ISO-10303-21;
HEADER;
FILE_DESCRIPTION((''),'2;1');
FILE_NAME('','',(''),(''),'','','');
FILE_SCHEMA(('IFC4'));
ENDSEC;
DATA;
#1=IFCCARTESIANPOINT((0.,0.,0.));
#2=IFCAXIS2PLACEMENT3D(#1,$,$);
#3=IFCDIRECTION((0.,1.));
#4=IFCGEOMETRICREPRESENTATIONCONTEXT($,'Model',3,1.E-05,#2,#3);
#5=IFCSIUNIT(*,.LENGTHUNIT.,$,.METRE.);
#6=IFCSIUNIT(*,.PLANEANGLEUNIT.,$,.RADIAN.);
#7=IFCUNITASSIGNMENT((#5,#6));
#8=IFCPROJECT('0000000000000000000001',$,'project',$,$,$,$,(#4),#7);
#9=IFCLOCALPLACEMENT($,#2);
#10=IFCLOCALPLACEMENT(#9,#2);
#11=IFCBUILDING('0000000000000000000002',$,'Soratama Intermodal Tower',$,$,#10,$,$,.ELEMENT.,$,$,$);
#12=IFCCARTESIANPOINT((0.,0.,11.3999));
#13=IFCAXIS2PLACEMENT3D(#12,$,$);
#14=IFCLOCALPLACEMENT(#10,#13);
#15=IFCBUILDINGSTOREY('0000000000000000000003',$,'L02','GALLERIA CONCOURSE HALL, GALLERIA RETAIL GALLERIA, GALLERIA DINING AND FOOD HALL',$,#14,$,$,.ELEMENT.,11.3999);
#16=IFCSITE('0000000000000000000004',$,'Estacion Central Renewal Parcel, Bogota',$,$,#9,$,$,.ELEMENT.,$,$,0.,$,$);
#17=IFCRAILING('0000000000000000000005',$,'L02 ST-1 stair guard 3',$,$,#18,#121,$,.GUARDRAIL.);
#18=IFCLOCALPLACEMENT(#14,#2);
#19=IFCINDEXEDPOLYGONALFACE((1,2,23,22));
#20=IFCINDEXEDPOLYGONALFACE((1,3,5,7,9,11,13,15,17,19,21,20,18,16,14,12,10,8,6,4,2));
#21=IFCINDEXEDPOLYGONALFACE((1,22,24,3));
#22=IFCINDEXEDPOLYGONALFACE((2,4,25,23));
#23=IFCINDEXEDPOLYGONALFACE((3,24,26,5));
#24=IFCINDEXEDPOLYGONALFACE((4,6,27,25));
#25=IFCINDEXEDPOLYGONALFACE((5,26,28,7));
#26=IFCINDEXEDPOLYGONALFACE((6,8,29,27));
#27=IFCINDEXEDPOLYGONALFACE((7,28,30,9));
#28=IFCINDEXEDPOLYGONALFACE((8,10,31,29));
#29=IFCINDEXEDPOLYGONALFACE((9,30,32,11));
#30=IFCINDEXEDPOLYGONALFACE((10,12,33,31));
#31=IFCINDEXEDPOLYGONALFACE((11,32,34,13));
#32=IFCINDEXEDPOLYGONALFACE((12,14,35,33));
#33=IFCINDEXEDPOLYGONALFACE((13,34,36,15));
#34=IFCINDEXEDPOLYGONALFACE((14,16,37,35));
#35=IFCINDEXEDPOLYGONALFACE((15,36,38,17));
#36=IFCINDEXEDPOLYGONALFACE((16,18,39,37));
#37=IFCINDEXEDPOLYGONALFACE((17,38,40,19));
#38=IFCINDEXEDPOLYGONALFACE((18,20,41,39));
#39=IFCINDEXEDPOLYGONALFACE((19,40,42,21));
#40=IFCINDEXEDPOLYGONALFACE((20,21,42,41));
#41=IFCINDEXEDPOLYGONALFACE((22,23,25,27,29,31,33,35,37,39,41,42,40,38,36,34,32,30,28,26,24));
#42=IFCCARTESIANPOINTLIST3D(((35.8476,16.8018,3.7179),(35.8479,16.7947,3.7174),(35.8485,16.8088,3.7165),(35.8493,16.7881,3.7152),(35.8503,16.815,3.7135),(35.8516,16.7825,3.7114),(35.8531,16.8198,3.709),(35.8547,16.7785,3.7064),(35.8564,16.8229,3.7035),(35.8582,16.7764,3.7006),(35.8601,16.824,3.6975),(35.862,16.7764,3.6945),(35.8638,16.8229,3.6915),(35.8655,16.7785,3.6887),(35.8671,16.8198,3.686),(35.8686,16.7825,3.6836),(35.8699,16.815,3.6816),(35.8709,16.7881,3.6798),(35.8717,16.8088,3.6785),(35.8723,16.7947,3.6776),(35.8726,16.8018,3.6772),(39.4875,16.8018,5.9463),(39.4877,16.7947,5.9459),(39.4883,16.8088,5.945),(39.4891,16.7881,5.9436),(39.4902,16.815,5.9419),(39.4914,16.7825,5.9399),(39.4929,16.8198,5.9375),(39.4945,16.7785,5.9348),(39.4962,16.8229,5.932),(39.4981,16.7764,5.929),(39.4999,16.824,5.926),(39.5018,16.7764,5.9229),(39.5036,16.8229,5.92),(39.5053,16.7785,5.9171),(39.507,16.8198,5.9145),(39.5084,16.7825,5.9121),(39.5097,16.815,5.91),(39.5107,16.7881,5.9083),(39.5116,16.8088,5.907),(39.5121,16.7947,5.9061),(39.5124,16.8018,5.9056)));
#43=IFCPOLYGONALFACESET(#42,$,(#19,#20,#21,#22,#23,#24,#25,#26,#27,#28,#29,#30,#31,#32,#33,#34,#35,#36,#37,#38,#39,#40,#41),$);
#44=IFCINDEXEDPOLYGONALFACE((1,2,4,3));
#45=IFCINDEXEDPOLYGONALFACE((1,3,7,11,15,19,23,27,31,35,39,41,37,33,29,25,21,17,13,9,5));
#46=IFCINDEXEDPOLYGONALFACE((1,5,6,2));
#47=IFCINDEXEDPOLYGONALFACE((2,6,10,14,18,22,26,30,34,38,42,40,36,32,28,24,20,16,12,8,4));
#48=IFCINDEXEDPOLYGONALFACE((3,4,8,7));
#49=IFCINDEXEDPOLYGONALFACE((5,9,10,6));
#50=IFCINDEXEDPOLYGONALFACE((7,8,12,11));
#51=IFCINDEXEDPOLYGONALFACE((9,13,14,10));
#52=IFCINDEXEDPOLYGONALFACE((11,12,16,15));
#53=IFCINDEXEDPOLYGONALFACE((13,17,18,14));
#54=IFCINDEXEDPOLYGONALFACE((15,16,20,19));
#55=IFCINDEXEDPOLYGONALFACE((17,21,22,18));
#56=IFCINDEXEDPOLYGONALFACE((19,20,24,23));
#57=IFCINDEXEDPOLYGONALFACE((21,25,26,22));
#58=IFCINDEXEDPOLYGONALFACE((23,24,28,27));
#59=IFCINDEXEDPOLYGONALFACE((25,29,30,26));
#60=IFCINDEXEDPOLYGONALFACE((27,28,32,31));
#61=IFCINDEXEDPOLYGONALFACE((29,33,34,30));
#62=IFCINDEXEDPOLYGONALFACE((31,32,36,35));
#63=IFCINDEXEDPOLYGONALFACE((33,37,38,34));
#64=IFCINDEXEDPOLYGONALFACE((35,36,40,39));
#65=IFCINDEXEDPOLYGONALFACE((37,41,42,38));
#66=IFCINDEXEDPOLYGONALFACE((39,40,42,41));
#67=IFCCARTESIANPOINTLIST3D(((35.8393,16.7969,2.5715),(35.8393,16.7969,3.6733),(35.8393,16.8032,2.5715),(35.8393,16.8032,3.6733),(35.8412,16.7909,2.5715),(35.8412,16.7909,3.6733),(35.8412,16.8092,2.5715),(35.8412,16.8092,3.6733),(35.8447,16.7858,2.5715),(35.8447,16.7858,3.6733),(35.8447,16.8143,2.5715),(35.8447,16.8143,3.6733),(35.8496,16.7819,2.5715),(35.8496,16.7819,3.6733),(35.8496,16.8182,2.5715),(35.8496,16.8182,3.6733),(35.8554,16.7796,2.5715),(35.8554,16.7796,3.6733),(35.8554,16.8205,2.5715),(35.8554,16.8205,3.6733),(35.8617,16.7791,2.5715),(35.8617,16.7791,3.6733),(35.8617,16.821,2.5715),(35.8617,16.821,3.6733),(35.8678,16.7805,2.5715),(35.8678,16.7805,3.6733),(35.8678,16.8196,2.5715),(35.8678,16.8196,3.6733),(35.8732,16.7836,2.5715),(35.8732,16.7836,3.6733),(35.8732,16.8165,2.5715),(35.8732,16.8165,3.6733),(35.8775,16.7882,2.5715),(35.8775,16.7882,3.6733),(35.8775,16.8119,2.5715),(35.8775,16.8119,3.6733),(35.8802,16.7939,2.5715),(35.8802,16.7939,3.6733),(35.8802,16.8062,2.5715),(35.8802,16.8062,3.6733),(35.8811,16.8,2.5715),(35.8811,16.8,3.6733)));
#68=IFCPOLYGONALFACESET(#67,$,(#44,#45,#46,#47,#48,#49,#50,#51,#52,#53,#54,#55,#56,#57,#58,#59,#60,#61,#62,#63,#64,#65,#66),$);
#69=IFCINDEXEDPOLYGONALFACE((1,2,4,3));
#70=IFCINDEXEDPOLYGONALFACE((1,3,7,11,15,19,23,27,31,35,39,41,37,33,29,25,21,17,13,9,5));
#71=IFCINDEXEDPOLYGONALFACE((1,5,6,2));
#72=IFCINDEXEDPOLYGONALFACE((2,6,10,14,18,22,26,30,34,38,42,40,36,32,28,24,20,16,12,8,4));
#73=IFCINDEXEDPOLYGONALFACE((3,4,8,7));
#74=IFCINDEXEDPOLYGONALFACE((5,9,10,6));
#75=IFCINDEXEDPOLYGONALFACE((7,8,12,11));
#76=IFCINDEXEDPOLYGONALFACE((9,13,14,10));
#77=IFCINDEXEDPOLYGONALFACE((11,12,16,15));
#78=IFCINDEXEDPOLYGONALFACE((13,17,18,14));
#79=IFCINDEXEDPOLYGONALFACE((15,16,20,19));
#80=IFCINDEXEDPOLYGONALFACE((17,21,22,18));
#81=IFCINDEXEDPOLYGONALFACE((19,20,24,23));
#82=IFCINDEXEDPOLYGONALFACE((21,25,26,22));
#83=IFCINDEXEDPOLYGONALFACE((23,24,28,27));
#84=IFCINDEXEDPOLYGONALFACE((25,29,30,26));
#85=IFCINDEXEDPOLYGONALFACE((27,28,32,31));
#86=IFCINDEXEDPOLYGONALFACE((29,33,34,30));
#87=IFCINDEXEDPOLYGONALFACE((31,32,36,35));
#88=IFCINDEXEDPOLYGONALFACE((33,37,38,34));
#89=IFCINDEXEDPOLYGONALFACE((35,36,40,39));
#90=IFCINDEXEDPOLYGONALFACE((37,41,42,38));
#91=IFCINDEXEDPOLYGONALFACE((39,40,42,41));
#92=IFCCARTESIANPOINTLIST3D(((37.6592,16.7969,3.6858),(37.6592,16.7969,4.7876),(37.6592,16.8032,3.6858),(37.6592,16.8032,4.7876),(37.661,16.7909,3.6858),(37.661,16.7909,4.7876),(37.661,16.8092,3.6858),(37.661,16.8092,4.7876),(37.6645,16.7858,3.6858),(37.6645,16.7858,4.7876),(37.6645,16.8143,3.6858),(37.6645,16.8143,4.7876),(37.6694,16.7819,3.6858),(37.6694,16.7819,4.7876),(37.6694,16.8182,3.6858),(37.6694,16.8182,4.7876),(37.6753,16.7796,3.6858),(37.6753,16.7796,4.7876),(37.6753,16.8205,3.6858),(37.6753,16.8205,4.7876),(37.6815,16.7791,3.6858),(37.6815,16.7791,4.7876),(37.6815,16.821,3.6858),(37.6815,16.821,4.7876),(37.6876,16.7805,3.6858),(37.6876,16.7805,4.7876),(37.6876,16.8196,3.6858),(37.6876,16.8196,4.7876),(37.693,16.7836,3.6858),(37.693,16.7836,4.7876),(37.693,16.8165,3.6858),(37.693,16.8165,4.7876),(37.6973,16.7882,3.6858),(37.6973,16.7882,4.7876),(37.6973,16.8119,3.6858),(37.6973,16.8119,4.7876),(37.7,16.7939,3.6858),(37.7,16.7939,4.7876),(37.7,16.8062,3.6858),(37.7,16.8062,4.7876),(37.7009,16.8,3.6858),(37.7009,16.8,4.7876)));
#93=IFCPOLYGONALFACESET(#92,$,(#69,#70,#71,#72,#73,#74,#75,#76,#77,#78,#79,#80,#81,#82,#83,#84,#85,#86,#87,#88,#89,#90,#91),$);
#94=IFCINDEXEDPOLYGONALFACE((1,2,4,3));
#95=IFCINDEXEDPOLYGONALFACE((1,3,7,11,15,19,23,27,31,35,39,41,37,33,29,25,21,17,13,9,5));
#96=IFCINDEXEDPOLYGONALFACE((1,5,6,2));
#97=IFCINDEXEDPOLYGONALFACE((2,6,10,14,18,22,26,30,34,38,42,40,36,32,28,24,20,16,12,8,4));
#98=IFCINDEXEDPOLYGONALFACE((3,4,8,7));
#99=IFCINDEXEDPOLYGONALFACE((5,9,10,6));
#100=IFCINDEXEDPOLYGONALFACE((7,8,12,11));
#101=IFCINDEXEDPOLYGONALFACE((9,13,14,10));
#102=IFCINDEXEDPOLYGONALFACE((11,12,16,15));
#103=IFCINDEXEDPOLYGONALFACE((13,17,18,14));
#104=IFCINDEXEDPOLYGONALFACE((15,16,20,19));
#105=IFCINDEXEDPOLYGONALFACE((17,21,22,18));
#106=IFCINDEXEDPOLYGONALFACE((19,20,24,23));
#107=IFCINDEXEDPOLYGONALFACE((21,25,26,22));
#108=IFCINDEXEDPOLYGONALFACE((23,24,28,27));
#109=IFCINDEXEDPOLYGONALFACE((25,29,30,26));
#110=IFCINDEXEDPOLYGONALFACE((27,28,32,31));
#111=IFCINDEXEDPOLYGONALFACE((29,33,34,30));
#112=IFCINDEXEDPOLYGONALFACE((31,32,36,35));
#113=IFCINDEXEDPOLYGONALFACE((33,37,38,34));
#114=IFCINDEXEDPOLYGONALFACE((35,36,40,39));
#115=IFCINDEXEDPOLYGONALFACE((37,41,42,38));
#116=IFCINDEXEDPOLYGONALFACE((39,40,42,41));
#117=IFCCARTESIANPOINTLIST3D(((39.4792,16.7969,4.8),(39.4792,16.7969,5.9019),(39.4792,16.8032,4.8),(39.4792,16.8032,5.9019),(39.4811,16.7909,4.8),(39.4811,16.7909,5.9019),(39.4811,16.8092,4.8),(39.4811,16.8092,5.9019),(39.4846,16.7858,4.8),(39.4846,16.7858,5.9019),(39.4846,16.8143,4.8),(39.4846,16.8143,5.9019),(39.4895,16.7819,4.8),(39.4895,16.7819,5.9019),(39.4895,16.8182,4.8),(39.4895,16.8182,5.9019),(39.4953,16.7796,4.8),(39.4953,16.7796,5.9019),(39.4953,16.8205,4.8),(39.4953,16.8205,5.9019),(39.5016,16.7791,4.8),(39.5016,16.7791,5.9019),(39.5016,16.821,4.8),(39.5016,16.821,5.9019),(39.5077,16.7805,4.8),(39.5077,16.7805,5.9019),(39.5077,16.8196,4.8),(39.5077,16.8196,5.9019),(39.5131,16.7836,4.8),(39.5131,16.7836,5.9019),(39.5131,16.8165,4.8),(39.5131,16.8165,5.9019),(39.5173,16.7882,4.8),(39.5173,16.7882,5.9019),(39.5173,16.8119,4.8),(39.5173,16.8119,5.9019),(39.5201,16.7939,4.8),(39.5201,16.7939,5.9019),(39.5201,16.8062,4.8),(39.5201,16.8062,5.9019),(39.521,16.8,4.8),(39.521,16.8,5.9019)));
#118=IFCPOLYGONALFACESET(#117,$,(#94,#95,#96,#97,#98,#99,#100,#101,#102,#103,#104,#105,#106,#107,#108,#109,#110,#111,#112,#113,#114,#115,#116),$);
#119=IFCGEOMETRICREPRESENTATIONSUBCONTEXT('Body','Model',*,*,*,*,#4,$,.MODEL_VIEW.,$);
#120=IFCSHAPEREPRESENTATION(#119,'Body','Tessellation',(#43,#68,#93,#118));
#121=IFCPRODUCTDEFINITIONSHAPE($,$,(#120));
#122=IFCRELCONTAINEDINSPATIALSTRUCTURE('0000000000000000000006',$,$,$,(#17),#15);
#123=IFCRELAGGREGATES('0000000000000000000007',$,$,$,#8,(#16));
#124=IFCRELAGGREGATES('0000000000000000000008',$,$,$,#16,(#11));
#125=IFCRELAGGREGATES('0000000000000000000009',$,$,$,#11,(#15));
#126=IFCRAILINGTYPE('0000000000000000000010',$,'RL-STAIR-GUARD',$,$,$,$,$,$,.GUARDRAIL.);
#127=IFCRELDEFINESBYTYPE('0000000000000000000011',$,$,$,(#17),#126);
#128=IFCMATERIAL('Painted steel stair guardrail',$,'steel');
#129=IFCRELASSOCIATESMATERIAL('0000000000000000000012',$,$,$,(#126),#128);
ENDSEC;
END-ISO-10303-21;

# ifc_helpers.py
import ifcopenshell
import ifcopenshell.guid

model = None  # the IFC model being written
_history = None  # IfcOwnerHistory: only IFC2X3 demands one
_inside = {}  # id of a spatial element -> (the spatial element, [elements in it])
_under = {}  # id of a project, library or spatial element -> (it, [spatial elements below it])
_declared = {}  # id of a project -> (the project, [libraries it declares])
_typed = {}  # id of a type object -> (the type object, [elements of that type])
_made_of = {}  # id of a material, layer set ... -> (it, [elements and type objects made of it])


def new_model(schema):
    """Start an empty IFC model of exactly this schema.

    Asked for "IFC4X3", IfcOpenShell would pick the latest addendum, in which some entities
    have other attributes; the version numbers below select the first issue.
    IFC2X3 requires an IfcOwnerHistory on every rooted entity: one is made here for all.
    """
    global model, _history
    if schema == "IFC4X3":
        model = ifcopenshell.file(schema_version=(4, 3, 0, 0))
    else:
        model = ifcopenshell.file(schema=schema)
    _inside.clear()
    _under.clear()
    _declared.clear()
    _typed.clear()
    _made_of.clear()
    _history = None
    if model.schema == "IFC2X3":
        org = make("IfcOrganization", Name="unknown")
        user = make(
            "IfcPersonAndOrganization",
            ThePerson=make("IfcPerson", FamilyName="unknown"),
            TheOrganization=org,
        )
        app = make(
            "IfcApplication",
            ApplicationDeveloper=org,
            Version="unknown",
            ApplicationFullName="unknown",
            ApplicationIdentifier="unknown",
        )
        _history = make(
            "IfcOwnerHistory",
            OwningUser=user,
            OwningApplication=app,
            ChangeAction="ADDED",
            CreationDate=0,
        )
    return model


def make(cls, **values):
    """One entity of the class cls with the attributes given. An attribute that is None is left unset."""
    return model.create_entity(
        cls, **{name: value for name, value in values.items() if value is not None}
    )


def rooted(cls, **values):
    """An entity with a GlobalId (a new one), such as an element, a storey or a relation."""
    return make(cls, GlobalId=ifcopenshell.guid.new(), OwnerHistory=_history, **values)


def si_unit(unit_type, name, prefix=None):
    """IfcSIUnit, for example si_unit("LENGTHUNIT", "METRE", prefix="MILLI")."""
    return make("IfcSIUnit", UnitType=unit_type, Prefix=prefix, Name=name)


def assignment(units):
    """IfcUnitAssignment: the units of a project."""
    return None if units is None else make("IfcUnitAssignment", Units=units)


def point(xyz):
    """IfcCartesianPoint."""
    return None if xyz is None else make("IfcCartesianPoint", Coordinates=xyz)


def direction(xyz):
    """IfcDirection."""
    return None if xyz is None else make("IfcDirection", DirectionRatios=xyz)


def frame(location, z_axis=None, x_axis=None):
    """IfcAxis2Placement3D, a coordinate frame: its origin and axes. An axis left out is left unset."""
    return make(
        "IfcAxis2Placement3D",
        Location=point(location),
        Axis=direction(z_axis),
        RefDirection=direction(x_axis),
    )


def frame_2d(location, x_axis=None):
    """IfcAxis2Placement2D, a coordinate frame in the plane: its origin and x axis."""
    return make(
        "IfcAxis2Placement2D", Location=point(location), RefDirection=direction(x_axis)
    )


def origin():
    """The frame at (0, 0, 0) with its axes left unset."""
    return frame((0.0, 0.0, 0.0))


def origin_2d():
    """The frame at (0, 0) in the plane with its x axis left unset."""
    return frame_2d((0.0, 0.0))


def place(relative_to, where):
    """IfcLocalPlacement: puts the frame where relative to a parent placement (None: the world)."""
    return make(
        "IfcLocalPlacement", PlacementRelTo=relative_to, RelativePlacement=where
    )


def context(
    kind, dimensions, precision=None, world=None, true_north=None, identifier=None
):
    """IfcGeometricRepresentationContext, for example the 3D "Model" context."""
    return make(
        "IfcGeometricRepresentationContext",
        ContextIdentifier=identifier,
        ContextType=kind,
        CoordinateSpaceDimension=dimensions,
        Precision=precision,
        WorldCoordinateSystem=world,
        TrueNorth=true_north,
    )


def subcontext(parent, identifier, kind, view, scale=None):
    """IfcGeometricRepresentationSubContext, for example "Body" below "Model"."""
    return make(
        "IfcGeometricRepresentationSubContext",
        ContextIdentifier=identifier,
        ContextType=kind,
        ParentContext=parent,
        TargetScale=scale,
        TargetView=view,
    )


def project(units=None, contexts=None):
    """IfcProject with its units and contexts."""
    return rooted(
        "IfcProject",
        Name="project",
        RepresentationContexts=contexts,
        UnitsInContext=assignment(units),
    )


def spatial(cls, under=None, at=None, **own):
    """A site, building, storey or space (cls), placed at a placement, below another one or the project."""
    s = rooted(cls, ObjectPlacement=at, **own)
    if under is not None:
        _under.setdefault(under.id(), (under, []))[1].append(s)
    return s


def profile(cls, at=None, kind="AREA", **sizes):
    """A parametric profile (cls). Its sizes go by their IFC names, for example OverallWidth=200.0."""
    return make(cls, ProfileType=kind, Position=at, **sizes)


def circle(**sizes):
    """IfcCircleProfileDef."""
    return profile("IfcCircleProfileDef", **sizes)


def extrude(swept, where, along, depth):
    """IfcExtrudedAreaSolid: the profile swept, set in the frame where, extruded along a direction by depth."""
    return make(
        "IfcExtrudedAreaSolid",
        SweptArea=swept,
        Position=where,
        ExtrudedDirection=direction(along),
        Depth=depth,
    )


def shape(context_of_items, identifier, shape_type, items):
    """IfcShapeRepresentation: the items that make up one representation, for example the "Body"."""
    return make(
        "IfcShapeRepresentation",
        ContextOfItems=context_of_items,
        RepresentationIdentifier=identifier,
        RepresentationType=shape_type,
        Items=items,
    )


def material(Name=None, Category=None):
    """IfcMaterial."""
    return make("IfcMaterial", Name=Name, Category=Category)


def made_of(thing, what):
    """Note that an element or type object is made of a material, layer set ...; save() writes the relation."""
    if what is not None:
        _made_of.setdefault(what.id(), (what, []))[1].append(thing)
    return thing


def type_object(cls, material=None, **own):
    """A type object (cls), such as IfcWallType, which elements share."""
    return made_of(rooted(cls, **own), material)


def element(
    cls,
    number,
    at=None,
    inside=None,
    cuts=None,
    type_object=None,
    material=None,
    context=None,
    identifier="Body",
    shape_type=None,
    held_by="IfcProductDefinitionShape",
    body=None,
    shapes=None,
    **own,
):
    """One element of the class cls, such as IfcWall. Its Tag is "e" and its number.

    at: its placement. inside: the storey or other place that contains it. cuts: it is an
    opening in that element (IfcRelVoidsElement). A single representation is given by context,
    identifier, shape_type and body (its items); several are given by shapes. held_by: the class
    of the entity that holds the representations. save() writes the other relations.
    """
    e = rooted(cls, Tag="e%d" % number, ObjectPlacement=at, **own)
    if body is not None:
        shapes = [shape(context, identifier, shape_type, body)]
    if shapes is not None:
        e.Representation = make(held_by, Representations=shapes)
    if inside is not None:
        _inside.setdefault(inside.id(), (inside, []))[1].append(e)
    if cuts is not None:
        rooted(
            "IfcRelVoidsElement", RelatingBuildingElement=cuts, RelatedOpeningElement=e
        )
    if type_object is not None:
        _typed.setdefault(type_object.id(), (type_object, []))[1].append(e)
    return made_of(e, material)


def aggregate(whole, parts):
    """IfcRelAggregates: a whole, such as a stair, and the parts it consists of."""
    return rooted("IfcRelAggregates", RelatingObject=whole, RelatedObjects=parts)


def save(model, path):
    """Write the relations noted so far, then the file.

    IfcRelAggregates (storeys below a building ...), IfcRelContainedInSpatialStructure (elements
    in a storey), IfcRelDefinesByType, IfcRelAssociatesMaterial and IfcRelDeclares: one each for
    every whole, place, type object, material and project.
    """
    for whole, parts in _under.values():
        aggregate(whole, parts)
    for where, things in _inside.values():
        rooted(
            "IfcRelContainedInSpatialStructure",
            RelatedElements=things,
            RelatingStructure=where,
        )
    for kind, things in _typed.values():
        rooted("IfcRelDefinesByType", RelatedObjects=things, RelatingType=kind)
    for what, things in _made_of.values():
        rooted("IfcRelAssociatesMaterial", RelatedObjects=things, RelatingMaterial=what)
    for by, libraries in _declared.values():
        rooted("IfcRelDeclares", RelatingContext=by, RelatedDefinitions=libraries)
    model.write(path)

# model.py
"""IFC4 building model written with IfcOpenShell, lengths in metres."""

from ifc_helpers import new_model, si_unit, direction, frame, origin, origin_2d, place, context, subcontext, project, spatial, circle, extrude, material, type_object, element, save


model = new_model("IFC4")

# Units and contexts
model_context = context("Model", 3, precision=1e-05, world=origin(), true_north=direction((0.0, 1.0)))
body_context = subcontext(model_context, "Body", "Model", "MODEL_VIEW")
ifc_project = project(units=[si_unit("LENGTHUNIT", "METRE"), si_unit("PLANEANGLEUNIT", "RADIAN")], contexts=[model_context])

# Site, building, storey
site_placement = place(None, origin())
site = spatial("IfcSite", under=ifc_project, at=site_placement, Name="Estacion Central Renewal Parcel, Bogota", CompositionType="ELEMENT", RefElevation=0.0)
building_placement = place(site_placement, origin())
building = spatial("IfcBuilding", under=site, at=building_placement, Name="Soratama Intermodal Tower", CompositionType="ELEMENT")
storey_placement = place(building_placement, frame((0.0, 0.0, 11.3999)))
storey = spatial("IfcBuildingStorey", under=building, at=storey_placement, Name="L02", Description="GALLERIA CONCOURSE HALL, GALLERIA RETAIL GALLERIA, GALLERIA DINING AND FOOD HALL", CompositionType="ELEMENT", Elevation=11.3999)

# Railing
ifc_material_1 = material(Name="Painted steel stair guardrail", Category="steel")
railing_type_1 = type_object("IfcRailingType", Name="RL-STAIR-GUARD", PredefinedType="GUARDRAIL", material=ifc_material_1)
railing_1_placement = place(storey_placement, frame((35.8601, 16.8, 2.5715)))
element("IfcRailing", 1, at=railing_1_placement, inside=storey, type_object=railing_type_1, Name="L02 ST-1 stair guard 3", PredefinedType="GUARDRAIL", context=body_context, shape_type="SweptSolid", body=[
    extrude(circle(Radius=0.0239, at=origin_2d()), frame((0.0, 0.0, 1.126), z_axis=(0.85285, 0.0, 0.522156), x_axis=(0.0, 1.0, 0.0)), (0.0, 0.0, 1.0), 4.2678),
    extrude(circle(Radius=0.021, at=origin_2d()), origin(), (0.0, 0.0, 1.0), 1.1018),
    extrude(circle(Radius=0.021, at=origin_2d()), frame((1.8198, 0.0, 1.1143)), (0.0, 0.0, 1.0), 1.1018),
    extrude(circle(Radius=0.021, at=origin_2d()), frame((3.6399, 0.0, 2.2285)), (0.0, 0.0, 1.0), 1.1018),
])

save(model, "model.ifc")
